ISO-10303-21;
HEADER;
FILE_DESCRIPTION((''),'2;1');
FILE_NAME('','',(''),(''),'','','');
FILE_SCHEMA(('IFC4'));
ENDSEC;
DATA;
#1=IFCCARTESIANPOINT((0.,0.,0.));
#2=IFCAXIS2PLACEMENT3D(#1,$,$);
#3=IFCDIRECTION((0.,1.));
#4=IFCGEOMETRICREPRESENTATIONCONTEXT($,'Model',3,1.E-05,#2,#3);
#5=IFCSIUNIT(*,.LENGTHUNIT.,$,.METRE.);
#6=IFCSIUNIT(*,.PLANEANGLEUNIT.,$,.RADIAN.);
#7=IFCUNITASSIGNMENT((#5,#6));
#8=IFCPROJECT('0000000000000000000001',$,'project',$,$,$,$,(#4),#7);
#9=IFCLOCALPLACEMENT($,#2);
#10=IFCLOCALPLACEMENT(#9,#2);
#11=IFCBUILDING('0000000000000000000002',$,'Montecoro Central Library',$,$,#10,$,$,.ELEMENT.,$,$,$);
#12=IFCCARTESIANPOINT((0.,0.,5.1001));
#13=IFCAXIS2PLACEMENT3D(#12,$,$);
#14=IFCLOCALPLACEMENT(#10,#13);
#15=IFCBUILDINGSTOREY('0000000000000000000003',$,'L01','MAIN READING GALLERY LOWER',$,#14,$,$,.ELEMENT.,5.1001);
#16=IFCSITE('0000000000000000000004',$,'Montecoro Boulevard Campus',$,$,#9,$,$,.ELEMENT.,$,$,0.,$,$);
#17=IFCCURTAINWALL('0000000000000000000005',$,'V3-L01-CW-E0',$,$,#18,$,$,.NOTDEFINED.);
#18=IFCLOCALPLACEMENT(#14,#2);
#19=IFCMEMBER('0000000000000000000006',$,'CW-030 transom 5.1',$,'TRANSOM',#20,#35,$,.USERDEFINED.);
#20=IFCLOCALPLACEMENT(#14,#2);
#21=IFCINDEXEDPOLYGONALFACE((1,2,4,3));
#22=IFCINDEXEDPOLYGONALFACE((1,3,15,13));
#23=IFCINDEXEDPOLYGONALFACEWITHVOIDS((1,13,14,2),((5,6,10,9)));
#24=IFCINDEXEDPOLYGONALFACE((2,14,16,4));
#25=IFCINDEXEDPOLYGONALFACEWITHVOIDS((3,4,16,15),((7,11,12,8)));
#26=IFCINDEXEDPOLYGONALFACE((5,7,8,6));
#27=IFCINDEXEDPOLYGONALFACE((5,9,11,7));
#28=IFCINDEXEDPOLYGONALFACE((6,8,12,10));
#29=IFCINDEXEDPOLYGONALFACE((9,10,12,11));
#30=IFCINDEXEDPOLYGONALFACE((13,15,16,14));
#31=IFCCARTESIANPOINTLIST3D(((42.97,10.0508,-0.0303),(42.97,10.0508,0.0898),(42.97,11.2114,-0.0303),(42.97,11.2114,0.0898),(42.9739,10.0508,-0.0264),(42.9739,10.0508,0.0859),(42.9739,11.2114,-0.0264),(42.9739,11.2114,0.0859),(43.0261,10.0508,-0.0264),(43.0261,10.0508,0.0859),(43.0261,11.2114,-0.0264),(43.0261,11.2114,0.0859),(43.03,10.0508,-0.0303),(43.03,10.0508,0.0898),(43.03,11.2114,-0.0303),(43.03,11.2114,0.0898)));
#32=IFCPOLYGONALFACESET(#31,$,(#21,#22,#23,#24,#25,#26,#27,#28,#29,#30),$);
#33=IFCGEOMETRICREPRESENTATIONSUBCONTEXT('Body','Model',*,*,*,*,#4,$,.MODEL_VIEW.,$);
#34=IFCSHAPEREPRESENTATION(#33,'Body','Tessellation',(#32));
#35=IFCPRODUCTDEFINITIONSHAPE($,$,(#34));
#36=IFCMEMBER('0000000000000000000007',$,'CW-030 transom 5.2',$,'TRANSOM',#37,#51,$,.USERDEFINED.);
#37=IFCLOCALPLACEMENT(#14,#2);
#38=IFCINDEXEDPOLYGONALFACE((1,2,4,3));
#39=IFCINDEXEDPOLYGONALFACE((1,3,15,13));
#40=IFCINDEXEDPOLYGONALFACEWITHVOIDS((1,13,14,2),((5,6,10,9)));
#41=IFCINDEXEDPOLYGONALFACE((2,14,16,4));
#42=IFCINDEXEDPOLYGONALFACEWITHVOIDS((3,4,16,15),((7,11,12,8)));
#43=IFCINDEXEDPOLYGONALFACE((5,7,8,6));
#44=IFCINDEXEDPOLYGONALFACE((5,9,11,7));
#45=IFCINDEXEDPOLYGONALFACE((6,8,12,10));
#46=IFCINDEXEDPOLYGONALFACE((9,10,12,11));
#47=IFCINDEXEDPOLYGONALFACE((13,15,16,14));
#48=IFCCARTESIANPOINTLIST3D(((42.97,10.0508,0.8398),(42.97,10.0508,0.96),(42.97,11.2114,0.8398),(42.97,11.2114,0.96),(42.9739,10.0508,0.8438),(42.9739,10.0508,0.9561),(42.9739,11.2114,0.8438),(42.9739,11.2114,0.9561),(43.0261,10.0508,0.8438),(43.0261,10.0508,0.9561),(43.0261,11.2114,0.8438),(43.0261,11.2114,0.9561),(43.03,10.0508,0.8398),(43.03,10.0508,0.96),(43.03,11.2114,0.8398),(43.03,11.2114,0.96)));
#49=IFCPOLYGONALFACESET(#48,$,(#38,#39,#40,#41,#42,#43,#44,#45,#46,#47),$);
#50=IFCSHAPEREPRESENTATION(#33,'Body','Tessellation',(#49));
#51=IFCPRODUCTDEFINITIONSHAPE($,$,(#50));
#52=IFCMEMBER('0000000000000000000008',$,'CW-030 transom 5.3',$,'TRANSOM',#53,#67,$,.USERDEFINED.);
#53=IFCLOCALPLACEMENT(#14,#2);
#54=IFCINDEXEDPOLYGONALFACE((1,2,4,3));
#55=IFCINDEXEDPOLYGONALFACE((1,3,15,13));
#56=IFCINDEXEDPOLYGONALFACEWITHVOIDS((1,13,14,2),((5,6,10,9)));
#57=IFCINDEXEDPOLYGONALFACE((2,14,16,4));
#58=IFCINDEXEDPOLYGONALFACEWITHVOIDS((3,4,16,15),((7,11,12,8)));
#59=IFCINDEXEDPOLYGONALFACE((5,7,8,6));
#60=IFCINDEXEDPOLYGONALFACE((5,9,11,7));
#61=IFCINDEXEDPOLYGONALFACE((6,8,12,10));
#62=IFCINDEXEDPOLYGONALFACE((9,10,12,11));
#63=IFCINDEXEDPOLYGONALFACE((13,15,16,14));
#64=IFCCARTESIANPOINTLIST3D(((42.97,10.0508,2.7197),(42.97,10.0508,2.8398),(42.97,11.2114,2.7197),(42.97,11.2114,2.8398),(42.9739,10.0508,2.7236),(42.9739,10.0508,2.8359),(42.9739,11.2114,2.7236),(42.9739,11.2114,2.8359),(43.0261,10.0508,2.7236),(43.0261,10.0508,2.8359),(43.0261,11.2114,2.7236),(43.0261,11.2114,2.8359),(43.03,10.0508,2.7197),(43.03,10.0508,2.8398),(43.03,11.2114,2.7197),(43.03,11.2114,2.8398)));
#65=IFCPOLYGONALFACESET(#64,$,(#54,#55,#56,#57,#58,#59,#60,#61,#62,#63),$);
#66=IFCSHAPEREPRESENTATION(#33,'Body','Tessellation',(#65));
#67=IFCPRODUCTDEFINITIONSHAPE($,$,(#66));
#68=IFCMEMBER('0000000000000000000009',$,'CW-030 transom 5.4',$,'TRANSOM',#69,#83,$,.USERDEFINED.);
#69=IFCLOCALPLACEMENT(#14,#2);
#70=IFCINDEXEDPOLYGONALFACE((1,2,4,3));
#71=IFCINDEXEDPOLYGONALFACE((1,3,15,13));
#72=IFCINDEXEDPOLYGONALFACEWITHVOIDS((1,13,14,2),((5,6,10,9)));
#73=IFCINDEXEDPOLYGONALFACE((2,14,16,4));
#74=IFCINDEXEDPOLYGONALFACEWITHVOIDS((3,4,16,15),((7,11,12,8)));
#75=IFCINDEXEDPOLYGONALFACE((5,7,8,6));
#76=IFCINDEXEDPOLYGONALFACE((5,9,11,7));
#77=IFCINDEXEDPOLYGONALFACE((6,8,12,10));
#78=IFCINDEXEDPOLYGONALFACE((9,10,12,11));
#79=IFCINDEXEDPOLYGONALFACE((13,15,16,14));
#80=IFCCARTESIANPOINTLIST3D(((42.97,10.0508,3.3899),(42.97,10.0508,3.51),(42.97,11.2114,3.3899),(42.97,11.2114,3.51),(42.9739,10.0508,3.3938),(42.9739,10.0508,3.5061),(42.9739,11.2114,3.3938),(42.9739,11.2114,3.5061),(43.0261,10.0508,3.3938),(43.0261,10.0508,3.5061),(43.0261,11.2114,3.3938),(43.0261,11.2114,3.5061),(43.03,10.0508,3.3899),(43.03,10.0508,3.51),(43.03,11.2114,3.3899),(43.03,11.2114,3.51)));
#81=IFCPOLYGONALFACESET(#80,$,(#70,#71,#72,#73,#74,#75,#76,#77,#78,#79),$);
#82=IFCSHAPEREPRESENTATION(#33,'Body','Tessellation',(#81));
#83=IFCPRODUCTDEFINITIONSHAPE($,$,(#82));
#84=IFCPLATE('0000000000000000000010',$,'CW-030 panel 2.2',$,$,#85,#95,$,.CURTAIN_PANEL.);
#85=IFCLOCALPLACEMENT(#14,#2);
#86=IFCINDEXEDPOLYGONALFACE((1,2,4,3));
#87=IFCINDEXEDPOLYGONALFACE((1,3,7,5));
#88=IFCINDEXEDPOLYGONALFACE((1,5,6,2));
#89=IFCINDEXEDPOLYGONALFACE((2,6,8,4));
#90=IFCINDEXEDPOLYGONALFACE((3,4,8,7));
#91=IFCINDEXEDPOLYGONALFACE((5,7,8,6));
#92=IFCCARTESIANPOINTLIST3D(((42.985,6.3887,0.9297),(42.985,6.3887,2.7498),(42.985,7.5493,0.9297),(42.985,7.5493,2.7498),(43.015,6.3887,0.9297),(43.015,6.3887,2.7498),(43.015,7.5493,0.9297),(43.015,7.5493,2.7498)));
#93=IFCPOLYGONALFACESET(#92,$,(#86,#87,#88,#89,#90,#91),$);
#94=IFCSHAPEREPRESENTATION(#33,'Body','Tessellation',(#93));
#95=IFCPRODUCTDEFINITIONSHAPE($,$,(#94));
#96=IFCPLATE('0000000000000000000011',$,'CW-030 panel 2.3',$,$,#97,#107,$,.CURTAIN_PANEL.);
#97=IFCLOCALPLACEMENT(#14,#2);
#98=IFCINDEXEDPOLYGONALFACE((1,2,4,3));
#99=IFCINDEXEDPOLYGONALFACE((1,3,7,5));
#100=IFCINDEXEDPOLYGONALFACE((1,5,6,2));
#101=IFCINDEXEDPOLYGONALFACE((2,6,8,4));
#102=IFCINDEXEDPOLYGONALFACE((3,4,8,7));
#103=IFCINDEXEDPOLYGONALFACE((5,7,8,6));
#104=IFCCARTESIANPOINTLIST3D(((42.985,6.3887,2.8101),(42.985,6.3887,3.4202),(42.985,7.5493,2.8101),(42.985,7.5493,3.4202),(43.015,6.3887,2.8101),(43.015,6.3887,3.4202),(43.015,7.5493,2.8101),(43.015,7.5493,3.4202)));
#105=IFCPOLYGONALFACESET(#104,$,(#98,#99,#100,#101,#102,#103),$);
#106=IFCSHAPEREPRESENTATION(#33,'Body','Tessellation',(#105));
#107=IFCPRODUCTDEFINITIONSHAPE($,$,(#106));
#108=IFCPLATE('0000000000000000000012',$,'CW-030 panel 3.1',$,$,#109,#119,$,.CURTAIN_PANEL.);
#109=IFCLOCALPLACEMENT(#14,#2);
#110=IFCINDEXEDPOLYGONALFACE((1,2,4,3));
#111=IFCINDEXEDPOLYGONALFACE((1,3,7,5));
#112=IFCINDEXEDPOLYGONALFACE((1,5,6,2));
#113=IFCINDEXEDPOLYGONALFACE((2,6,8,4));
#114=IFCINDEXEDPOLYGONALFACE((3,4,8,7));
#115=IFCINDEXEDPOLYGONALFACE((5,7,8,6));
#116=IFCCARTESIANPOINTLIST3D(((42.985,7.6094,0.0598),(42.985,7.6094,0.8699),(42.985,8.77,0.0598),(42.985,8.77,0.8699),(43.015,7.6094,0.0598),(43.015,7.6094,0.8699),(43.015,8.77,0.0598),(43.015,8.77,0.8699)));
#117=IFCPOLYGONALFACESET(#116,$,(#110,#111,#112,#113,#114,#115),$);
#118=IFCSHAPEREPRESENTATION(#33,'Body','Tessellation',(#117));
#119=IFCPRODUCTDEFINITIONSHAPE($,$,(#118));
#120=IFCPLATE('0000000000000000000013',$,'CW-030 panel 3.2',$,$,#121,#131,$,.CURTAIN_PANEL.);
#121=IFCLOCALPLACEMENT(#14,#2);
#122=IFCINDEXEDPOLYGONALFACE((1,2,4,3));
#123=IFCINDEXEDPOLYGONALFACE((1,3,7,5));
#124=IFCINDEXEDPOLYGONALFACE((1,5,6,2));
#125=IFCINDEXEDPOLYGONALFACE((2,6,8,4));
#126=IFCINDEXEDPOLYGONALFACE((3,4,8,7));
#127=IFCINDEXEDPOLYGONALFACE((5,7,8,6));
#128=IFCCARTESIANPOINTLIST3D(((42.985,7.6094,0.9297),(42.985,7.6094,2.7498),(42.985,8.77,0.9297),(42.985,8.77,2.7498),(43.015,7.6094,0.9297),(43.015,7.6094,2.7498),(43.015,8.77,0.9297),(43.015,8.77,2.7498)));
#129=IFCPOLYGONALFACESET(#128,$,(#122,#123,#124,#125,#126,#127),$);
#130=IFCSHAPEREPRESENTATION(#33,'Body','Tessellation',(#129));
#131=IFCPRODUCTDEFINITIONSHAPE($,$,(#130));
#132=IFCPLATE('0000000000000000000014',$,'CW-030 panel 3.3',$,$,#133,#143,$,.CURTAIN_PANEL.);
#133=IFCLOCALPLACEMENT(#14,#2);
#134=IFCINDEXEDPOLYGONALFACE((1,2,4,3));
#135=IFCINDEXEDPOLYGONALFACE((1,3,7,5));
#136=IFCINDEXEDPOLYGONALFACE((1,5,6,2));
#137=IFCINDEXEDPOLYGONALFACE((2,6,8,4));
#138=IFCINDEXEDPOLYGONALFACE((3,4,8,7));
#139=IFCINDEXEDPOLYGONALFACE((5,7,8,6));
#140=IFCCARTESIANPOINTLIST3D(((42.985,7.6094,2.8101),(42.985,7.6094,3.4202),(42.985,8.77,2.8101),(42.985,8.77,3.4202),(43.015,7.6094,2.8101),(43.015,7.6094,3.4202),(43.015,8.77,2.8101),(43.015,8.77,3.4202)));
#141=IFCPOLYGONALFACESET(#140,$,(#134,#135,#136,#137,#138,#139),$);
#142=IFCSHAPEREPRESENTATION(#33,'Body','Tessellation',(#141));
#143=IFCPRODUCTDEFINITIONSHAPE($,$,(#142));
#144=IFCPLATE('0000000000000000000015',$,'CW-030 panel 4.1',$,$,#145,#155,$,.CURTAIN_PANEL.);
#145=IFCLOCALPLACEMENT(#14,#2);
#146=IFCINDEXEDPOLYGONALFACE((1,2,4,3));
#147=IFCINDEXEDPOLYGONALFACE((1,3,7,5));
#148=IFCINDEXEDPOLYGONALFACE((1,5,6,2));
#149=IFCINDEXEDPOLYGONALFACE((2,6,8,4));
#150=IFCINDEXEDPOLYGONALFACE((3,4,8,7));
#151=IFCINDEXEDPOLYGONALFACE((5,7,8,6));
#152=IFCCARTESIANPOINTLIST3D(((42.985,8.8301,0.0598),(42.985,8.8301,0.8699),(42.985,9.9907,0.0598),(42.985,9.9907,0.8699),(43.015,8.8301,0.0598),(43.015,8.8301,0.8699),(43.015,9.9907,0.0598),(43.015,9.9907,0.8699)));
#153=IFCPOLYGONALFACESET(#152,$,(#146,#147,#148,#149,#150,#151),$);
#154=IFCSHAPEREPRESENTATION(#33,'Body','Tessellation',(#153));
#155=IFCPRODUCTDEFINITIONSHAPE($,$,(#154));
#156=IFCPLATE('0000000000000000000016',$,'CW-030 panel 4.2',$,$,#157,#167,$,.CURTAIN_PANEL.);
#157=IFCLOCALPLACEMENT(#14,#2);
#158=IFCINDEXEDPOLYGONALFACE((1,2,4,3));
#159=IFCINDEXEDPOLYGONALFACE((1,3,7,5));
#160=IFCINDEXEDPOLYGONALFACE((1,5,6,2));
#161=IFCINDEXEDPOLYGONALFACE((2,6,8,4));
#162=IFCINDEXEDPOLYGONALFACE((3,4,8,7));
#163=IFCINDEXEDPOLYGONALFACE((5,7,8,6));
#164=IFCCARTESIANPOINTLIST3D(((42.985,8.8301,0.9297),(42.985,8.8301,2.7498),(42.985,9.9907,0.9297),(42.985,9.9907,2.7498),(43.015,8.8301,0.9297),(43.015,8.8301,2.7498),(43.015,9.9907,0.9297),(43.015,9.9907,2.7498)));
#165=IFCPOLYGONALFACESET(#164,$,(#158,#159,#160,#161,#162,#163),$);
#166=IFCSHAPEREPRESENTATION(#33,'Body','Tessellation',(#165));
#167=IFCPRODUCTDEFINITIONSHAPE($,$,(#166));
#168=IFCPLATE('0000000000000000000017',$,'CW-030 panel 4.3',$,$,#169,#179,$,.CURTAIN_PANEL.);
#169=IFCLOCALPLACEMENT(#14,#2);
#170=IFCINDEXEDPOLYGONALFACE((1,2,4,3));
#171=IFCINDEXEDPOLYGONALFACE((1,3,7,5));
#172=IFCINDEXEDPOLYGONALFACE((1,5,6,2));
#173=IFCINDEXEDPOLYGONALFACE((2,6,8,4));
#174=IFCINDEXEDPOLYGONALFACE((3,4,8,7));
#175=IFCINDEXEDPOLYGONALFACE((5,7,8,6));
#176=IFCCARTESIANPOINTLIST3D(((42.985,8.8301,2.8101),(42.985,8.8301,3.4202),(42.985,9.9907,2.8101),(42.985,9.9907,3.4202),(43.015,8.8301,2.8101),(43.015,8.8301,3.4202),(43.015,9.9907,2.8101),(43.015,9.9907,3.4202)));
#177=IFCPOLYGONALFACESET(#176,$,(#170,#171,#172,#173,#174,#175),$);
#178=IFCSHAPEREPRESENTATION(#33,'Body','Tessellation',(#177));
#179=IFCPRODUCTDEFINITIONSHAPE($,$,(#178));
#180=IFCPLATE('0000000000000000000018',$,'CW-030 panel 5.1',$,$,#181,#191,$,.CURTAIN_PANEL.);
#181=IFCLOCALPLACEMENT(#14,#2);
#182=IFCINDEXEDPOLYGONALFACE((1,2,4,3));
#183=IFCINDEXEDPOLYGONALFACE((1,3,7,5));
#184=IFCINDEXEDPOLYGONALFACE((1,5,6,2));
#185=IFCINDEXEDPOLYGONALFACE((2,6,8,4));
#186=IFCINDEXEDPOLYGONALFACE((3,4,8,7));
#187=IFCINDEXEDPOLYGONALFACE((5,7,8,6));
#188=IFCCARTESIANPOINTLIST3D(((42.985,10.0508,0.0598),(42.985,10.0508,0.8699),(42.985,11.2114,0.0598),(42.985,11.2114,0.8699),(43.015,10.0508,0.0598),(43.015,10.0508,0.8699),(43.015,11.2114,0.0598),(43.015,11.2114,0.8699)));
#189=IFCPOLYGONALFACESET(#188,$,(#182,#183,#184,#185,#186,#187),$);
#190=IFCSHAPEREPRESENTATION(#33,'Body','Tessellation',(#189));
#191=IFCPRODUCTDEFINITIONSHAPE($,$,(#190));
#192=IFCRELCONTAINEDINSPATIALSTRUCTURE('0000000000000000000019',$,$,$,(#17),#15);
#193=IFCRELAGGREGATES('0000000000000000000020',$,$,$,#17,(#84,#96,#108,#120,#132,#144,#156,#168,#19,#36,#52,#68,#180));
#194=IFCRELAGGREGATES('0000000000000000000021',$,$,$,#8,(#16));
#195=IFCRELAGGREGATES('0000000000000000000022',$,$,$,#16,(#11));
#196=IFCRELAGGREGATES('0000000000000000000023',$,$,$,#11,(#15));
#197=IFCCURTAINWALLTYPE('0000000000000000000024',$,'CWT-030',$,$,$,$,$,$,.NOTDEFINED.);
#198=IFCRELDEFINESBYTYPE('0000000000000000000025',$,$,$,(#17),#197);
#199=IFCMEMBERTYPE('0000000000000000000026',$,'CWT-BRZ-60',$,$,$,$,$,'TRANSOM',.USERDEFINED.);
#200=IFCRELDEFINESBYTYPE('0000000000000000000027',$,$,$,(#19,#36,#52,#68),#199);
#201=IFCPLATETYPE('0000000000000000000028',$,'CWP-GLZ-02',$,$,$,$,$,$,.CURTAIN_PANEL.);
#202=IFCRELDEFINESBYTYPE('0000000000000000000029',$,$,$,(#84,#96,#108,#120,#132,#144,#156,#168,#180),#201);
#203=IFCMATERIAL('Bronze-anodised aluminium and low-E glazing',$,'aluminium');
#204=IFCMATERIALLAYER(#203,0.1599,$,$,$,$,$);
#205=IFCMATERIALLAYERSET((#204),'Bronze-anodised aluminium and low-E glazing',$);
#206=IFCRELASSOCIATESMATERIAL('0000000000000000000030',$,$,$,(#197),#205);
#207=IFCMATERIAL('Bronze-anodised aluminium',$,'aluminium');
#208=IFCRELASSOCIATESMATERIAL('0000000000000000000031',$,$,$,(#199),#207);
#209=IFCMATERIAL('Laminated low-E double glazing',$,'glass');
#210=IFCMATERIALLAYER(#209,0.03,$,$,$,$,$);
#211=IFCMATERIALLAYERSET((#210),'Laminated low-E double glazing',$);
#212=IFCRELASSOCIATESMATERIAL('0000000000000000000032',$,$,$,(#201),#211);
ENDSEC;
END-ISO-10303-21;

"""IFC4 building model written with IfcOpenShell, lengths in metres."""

from ifc_helpers import new_model, si_unit, direction, frame, origin, origin_2d, place, context, subcontext, project, spatial, rectangle, hollow_rectangle, extrude, material, layer, layer_set, material_profile, profile_set, type_object, element, aggregate, save


model = new_model("IFC4")

# Units and contexts
model_context = context("Model", 3, precision=1e-05, world=origin(), true_north=direction((0.0, 1.0)))
body_context = subcontext(model_context, "Body", "Model", "MODEL_VIEW")
ifc_project = project(units=[si_unit("LENGTHUNIT", "METRE"), si_unit("PLANEANGLEUNIT", "RADIAN")], contexts=[model_context])

# Site, building, storey
site_placement = place(None, origin())
site = spatial("IfcSite", under=ifc_project, at=site_placement, Name="Montecoro Boulevard Campus", CompositionType="ELEMENT", RefElevation=0.0)
building_placement = place(site_placement, origin())
building = spatial("IfcBuilding", under=site, at=building_placement, Name="Montecoro Central Library", CompositionType="ELEMENT")
storey_placement = place(building_placement, frame((0.0, 0.0, 5.1001)))
storey = spatial("IfcBuildingStorey", under=building, at=storey_placement, Name="L01", Description="MAIN READING GALLERY LOWER", CompositionType="ELEMENT", Elevation=5.1001)

# Curtain wall, members, plates
ifc_material_1 = material(Name="Bronze-anodised aluminium and low-E glazing", Category="aluminium")
ifc_layer_1 = layer(ifc_material_1, 0.1599)
ifc_layer_set_1 = layer_set([ifc_layer_1], Name="Bronze-anodised aluminium and low-E glazing")
curtain_wall_type = type_object("IfcCurtainWallType", Name="CWT-030", PredefinedType="NOTDEFINED", material=ifc_layer_set_1)
curtain_wall_placement = place(storey_placement, origin())
curtain_wall = element("IfcCurtainWall", 1, at=curtain_wall_placement, inside=storey, type_object=curtain_wall_type, Name="V3-L01-CW-E0", PredefinedType="NOTDEFINED")
ifc_material_2 = material(Name="Bronze-anodised aluminium", Category="aluminium")
ifc_material_profile_1 = material_profile(ifc_material_2, hollow_rectangle(XDim=0.0601, YDim=0.1201, WallThickness=0.0039, at=origin_2d()), Name="CWT 120x60x4.0")
ifc_profile_set_1 = profile_set([ifc_material_profile_1], Name="Bronze-anodised aluminium")
member_type_1 = type_object("IfcMemberType", Name="CWT-BRZ-60", ElementType="TRANSOM", PredefinedType="USERDEFINED", material=ifc_profile_set_1)
member_1_placement = place(storey_placement, frame((43.0, 10.0508, 0.0298), z_axis=(0.0, 1.0, 0.0), x_axis=(-1.0, 0.0, 0.0)))
member_1 = element("IfcMember", 2, at=member_1_placement, type_object=member_type_1, Name="CW-030 transom 5.1", ObjectType="TRANSOM", PredefinedType="USERDEFINED", context=body_context, shape_type="SweptSolid", body=[
    extrude(hollow_rectangle(XDim=0.0601, YDim=0.1201, WallThickness=0.0039, at=origin_2d()), origin(), (0.0, 0.0, 1.0), 1.1606),
])
member_2_placement = place(storey_placement, frame((43.0, 10.0508, 0.8999), z_axis=(0.0, 1.0, 0.0), x_axis=(-1.0, 0.0, 0.0)))
member_2 = element("IfcMember", 3, at=member_2_placement, type_object=member_type_1, Name="CW-030 transom 5.2", ObjectType="TRANSOM", PredefinedType="USERDEFINED", context=body_context, shape_type="SweptSolid", body=[
    extrude(hollow_rectangle(XDim=0.0601, YDim=0.1201, WallThickness=0.0039, at=origin_2d()), origin(), (0.0, 0.0, 1.0), 1.1606),
])
member_3_placement = place(storey_placement, frame((43.0, 10.0508, 2.7798), z_axis=(0.0, 1.0, 0.0), x_axis=(-1.0, 0.0, 0.0)))
member_3 = element("IfcMember", 4, at=member_3_placement, type_object=member_type_1, Name="CW-030 transom 5.3", ObjectType="TRANSOM", PredefinedType="USERDEFINED", context=body_context, shape_type="SweptSolid", body=[
    extrude(hollow_rectangle(XDim=0.0601, YDim=0.1201, WallThickness=0.0039, at=origin_2d()), origin(), (0.0, 0.0, 1.0), 1.1606),
])
member_4_placement = place(storey_placement, frame((43.0, 10.0508, 3.45), z_axis=(0.0, 1.0, 0.0), x_axis=(-1.0, 0.0, 0.0)))
member_4 = element("IfcMember", 5, at=member_4_placement, type_object=member_type_1, Name="CW-030 transom 5.4", ObjectType="TRANSOM", PredefinedType="USERDEFINED", context=body_context, shape_type="SweptSolid", body=[
    extrude(hollow_rectangle(XDim=0.0601, YDim=0.1201, WallThickness=0.0039, at=origin_2d()), origin(), (0.0, 0.0, 1.0), 1.1606),
])
ifc_material_3 = material(Name="Laminated low-E double glazing", Category="glass")
ifc_layer_2 = layer(ifc_material_3, 0.03)
ifc_layer_set_2 = layer_set([ifc_layer_2], Name="Laminated low-E double glazing")
plate_type = type_object("IfcPlateType", Name="CWP-GLZ-02", PredefinedType="CURTAIN_PANEL", material=ifc_layer_set_2)
plate_1_placement = place(storey_placement, frame((43.0, 6.969, 0.9297), z_axis=(0.0, 0.0, 1.0), x_axis=(0.0, 1.0, 0.0)))
plate_1 = element("IfcPlate", 6, at=plate_1_placement, type_object=plate_type, Name="CW-030 panel 2.2", PredefinedType="CURTAIN_PANEL", context=body_context, shape_type="SweptSolid", body=[
    extrude(rectangle(XDim=1.1606, YDim=0.03, at=origin_2d()), origin(), (0.0, 0.0, 1.0), 1.8201),
])
plate_2_placement = place(storey_placement, frame((43.0, 6.969, 2.8101), z_axis=(0.0, 0.0, 1.0), x_axis=(0.0, 1.0, 0.0)))
plate_2 = element("IfcPlate", 7, at=plate_2_placement, type_object=plate_type, Name="CW-030 panel 2.3", PredefinedType="CURTAIN_PANEL", context=body_context, shape_type="SweptSolid", body=[
    extrude(rectangle(XDim=1.1606, YDim=0.03, at=origin_2d()), origin(), (0.0, 0.0, 1.0), 0.6101),
])
plate_3_placement = place(storey_placement, frame((43.0, 8.1897, 0.0598), z_axis=(0.0, 0.0, 1.0), x_axis=(0.0, 1.0, 0.0)))
plate_3 = element("IfcPlate", 8, at=plate_3_placement, type_object=plate_type, Name="CW-030 panel 3.1", PredefinedType="CURTAIN_PANEL", context=body_context, shape_type="SweptSolid", body=[
    extrude(rectangle(XDim=1.1606, YDim=0.03, at=origin_2d()), origin(), (0.0, 0.0, 1.0), 0.8101),
])
plate_4_placement = place(storey_placement, frame((43.0, 8.1897, 0.9297), z_axis=(0.0, 0.0, 1.0), x_axis=(0.0, 1.0, 0.0)))
plate_4 = element("IfcPlate", 9, at=plate_4_placement, type_object=plate_type, Name="CW-030 panel 3.2", PredefinedType="CURTAIN_PANEL", context=body_context, shape_type="SweptSolid", body=[
    extrude(rectangle(XDim=1.1606, YDim=0.03, at=origin_2d()), origin(), (0.0, 0.0, 1.0), 1.8201),
])
plate_5_placement = place(storey_placement, frame((43.0, 8.1897, 2.8101), z_axis=(0.0, 0.0, 1.0), x_axis=(0.0, 1.0, 0.0)))
plate_5 = element("IfcPlate", 10, at=plate_5_placement, type_object=plate_type, Name="CW-030 panel 3.3", PredefinedType="CURTAIN_PANEL", context=body_context, shape_type="SweptSolid", body=[
    extrude(rectangle(XDim=1.1606, YDim=0.03, at=origin_2d()), origin(), (0.0, 0.0, 1.0), 0.6101),
])
plate_6_placement = place(storey_placement, frame((43.0, 9.4104, 0.0598), z_axis=(0.0, 0.0, 1.0), x_axis=(0.0, 1.0, 0.0)))
plate_6 = element("IfcPlate", 11, at=plate_6_placement, type_object=plate_type, Name="CW-030 panel 4.1", PredefinedType="CURTAIN_PANEL", context=body_context, shape_type="SweptSolid", body=[
    extrude(rectangle(XDim=1.1606, YDim=0.03, at=origin_2d()), origin(), (0.0, 0.0, 1.0), 0.8101),
])
plate_7_placement = place(storey_placement, frame((43.0, 9.4104, 0.9297), z_axis=(0.0, 0.0, 1.0), x_axis=(0.0, 1.0, 0.0)))
plate_7 = element("IfcPlate", 12, at=plate_7_placement, type_object=plate_type, Name="CW-030 panel 4.2", PredefinedType="CURTAIN_PANEL", context=body_context, shape_type="SweptSolid", body=[
    extrude(rectangle(XDim=1.1606, YDim=0.03, at=origin_2d()), origin(), (0.0, 0.0, 1.0), 1.8201),
])
plate_8_placement = place(storey_placement, frame((43.0, 9.4104, 2.8101), z_axis=(0.0, 0.0, 1.0), x_axis=(0.0, 1.0, 0.0)))
plate_8 = element("IfcPlate", 13, at=plate_8_placement, type_object=plate_type, Name="CW-030 panel 4.3", PredefinedType="CURTAIN_PANEL", context=body_context, shape_type="SweptSolid", body=[
    extrude(rectangle(XDim=1.1606, YDim=0.03, at=origin_2d()), origin(), (0.0, 0.0, 1.0), 0.6101),
])
plate_9_placement = place(storey_placement, frame((43.0, 10.6311, 0.0598), z_axis=(0.0, 0.0, 1.0), x_axis=(0.0, 1.0, 0.0)))
plate_9 = element("IfcPlate", 14, at=plate_9_placement, type_object=plate_type, Name="CW-030 panel 5.1", PredefinedType="CURTAIN_PANEL", context=body_context, shape_type="SweptSolid", body=[
    extrude(rectangle(XDim=1.1606, YDim=0.03, at=origin_2d()), origin(), (0.0, 0.0, 1.0), 0.8101),
])
aggregate(curtain_wall, [plate_1, plate_2, plate_3, plate_4, plate_5, plate_6, plate_7, plate_8, member_1, member_2, member_3, member_4, plate_9])

save(model, "model.ifc")
